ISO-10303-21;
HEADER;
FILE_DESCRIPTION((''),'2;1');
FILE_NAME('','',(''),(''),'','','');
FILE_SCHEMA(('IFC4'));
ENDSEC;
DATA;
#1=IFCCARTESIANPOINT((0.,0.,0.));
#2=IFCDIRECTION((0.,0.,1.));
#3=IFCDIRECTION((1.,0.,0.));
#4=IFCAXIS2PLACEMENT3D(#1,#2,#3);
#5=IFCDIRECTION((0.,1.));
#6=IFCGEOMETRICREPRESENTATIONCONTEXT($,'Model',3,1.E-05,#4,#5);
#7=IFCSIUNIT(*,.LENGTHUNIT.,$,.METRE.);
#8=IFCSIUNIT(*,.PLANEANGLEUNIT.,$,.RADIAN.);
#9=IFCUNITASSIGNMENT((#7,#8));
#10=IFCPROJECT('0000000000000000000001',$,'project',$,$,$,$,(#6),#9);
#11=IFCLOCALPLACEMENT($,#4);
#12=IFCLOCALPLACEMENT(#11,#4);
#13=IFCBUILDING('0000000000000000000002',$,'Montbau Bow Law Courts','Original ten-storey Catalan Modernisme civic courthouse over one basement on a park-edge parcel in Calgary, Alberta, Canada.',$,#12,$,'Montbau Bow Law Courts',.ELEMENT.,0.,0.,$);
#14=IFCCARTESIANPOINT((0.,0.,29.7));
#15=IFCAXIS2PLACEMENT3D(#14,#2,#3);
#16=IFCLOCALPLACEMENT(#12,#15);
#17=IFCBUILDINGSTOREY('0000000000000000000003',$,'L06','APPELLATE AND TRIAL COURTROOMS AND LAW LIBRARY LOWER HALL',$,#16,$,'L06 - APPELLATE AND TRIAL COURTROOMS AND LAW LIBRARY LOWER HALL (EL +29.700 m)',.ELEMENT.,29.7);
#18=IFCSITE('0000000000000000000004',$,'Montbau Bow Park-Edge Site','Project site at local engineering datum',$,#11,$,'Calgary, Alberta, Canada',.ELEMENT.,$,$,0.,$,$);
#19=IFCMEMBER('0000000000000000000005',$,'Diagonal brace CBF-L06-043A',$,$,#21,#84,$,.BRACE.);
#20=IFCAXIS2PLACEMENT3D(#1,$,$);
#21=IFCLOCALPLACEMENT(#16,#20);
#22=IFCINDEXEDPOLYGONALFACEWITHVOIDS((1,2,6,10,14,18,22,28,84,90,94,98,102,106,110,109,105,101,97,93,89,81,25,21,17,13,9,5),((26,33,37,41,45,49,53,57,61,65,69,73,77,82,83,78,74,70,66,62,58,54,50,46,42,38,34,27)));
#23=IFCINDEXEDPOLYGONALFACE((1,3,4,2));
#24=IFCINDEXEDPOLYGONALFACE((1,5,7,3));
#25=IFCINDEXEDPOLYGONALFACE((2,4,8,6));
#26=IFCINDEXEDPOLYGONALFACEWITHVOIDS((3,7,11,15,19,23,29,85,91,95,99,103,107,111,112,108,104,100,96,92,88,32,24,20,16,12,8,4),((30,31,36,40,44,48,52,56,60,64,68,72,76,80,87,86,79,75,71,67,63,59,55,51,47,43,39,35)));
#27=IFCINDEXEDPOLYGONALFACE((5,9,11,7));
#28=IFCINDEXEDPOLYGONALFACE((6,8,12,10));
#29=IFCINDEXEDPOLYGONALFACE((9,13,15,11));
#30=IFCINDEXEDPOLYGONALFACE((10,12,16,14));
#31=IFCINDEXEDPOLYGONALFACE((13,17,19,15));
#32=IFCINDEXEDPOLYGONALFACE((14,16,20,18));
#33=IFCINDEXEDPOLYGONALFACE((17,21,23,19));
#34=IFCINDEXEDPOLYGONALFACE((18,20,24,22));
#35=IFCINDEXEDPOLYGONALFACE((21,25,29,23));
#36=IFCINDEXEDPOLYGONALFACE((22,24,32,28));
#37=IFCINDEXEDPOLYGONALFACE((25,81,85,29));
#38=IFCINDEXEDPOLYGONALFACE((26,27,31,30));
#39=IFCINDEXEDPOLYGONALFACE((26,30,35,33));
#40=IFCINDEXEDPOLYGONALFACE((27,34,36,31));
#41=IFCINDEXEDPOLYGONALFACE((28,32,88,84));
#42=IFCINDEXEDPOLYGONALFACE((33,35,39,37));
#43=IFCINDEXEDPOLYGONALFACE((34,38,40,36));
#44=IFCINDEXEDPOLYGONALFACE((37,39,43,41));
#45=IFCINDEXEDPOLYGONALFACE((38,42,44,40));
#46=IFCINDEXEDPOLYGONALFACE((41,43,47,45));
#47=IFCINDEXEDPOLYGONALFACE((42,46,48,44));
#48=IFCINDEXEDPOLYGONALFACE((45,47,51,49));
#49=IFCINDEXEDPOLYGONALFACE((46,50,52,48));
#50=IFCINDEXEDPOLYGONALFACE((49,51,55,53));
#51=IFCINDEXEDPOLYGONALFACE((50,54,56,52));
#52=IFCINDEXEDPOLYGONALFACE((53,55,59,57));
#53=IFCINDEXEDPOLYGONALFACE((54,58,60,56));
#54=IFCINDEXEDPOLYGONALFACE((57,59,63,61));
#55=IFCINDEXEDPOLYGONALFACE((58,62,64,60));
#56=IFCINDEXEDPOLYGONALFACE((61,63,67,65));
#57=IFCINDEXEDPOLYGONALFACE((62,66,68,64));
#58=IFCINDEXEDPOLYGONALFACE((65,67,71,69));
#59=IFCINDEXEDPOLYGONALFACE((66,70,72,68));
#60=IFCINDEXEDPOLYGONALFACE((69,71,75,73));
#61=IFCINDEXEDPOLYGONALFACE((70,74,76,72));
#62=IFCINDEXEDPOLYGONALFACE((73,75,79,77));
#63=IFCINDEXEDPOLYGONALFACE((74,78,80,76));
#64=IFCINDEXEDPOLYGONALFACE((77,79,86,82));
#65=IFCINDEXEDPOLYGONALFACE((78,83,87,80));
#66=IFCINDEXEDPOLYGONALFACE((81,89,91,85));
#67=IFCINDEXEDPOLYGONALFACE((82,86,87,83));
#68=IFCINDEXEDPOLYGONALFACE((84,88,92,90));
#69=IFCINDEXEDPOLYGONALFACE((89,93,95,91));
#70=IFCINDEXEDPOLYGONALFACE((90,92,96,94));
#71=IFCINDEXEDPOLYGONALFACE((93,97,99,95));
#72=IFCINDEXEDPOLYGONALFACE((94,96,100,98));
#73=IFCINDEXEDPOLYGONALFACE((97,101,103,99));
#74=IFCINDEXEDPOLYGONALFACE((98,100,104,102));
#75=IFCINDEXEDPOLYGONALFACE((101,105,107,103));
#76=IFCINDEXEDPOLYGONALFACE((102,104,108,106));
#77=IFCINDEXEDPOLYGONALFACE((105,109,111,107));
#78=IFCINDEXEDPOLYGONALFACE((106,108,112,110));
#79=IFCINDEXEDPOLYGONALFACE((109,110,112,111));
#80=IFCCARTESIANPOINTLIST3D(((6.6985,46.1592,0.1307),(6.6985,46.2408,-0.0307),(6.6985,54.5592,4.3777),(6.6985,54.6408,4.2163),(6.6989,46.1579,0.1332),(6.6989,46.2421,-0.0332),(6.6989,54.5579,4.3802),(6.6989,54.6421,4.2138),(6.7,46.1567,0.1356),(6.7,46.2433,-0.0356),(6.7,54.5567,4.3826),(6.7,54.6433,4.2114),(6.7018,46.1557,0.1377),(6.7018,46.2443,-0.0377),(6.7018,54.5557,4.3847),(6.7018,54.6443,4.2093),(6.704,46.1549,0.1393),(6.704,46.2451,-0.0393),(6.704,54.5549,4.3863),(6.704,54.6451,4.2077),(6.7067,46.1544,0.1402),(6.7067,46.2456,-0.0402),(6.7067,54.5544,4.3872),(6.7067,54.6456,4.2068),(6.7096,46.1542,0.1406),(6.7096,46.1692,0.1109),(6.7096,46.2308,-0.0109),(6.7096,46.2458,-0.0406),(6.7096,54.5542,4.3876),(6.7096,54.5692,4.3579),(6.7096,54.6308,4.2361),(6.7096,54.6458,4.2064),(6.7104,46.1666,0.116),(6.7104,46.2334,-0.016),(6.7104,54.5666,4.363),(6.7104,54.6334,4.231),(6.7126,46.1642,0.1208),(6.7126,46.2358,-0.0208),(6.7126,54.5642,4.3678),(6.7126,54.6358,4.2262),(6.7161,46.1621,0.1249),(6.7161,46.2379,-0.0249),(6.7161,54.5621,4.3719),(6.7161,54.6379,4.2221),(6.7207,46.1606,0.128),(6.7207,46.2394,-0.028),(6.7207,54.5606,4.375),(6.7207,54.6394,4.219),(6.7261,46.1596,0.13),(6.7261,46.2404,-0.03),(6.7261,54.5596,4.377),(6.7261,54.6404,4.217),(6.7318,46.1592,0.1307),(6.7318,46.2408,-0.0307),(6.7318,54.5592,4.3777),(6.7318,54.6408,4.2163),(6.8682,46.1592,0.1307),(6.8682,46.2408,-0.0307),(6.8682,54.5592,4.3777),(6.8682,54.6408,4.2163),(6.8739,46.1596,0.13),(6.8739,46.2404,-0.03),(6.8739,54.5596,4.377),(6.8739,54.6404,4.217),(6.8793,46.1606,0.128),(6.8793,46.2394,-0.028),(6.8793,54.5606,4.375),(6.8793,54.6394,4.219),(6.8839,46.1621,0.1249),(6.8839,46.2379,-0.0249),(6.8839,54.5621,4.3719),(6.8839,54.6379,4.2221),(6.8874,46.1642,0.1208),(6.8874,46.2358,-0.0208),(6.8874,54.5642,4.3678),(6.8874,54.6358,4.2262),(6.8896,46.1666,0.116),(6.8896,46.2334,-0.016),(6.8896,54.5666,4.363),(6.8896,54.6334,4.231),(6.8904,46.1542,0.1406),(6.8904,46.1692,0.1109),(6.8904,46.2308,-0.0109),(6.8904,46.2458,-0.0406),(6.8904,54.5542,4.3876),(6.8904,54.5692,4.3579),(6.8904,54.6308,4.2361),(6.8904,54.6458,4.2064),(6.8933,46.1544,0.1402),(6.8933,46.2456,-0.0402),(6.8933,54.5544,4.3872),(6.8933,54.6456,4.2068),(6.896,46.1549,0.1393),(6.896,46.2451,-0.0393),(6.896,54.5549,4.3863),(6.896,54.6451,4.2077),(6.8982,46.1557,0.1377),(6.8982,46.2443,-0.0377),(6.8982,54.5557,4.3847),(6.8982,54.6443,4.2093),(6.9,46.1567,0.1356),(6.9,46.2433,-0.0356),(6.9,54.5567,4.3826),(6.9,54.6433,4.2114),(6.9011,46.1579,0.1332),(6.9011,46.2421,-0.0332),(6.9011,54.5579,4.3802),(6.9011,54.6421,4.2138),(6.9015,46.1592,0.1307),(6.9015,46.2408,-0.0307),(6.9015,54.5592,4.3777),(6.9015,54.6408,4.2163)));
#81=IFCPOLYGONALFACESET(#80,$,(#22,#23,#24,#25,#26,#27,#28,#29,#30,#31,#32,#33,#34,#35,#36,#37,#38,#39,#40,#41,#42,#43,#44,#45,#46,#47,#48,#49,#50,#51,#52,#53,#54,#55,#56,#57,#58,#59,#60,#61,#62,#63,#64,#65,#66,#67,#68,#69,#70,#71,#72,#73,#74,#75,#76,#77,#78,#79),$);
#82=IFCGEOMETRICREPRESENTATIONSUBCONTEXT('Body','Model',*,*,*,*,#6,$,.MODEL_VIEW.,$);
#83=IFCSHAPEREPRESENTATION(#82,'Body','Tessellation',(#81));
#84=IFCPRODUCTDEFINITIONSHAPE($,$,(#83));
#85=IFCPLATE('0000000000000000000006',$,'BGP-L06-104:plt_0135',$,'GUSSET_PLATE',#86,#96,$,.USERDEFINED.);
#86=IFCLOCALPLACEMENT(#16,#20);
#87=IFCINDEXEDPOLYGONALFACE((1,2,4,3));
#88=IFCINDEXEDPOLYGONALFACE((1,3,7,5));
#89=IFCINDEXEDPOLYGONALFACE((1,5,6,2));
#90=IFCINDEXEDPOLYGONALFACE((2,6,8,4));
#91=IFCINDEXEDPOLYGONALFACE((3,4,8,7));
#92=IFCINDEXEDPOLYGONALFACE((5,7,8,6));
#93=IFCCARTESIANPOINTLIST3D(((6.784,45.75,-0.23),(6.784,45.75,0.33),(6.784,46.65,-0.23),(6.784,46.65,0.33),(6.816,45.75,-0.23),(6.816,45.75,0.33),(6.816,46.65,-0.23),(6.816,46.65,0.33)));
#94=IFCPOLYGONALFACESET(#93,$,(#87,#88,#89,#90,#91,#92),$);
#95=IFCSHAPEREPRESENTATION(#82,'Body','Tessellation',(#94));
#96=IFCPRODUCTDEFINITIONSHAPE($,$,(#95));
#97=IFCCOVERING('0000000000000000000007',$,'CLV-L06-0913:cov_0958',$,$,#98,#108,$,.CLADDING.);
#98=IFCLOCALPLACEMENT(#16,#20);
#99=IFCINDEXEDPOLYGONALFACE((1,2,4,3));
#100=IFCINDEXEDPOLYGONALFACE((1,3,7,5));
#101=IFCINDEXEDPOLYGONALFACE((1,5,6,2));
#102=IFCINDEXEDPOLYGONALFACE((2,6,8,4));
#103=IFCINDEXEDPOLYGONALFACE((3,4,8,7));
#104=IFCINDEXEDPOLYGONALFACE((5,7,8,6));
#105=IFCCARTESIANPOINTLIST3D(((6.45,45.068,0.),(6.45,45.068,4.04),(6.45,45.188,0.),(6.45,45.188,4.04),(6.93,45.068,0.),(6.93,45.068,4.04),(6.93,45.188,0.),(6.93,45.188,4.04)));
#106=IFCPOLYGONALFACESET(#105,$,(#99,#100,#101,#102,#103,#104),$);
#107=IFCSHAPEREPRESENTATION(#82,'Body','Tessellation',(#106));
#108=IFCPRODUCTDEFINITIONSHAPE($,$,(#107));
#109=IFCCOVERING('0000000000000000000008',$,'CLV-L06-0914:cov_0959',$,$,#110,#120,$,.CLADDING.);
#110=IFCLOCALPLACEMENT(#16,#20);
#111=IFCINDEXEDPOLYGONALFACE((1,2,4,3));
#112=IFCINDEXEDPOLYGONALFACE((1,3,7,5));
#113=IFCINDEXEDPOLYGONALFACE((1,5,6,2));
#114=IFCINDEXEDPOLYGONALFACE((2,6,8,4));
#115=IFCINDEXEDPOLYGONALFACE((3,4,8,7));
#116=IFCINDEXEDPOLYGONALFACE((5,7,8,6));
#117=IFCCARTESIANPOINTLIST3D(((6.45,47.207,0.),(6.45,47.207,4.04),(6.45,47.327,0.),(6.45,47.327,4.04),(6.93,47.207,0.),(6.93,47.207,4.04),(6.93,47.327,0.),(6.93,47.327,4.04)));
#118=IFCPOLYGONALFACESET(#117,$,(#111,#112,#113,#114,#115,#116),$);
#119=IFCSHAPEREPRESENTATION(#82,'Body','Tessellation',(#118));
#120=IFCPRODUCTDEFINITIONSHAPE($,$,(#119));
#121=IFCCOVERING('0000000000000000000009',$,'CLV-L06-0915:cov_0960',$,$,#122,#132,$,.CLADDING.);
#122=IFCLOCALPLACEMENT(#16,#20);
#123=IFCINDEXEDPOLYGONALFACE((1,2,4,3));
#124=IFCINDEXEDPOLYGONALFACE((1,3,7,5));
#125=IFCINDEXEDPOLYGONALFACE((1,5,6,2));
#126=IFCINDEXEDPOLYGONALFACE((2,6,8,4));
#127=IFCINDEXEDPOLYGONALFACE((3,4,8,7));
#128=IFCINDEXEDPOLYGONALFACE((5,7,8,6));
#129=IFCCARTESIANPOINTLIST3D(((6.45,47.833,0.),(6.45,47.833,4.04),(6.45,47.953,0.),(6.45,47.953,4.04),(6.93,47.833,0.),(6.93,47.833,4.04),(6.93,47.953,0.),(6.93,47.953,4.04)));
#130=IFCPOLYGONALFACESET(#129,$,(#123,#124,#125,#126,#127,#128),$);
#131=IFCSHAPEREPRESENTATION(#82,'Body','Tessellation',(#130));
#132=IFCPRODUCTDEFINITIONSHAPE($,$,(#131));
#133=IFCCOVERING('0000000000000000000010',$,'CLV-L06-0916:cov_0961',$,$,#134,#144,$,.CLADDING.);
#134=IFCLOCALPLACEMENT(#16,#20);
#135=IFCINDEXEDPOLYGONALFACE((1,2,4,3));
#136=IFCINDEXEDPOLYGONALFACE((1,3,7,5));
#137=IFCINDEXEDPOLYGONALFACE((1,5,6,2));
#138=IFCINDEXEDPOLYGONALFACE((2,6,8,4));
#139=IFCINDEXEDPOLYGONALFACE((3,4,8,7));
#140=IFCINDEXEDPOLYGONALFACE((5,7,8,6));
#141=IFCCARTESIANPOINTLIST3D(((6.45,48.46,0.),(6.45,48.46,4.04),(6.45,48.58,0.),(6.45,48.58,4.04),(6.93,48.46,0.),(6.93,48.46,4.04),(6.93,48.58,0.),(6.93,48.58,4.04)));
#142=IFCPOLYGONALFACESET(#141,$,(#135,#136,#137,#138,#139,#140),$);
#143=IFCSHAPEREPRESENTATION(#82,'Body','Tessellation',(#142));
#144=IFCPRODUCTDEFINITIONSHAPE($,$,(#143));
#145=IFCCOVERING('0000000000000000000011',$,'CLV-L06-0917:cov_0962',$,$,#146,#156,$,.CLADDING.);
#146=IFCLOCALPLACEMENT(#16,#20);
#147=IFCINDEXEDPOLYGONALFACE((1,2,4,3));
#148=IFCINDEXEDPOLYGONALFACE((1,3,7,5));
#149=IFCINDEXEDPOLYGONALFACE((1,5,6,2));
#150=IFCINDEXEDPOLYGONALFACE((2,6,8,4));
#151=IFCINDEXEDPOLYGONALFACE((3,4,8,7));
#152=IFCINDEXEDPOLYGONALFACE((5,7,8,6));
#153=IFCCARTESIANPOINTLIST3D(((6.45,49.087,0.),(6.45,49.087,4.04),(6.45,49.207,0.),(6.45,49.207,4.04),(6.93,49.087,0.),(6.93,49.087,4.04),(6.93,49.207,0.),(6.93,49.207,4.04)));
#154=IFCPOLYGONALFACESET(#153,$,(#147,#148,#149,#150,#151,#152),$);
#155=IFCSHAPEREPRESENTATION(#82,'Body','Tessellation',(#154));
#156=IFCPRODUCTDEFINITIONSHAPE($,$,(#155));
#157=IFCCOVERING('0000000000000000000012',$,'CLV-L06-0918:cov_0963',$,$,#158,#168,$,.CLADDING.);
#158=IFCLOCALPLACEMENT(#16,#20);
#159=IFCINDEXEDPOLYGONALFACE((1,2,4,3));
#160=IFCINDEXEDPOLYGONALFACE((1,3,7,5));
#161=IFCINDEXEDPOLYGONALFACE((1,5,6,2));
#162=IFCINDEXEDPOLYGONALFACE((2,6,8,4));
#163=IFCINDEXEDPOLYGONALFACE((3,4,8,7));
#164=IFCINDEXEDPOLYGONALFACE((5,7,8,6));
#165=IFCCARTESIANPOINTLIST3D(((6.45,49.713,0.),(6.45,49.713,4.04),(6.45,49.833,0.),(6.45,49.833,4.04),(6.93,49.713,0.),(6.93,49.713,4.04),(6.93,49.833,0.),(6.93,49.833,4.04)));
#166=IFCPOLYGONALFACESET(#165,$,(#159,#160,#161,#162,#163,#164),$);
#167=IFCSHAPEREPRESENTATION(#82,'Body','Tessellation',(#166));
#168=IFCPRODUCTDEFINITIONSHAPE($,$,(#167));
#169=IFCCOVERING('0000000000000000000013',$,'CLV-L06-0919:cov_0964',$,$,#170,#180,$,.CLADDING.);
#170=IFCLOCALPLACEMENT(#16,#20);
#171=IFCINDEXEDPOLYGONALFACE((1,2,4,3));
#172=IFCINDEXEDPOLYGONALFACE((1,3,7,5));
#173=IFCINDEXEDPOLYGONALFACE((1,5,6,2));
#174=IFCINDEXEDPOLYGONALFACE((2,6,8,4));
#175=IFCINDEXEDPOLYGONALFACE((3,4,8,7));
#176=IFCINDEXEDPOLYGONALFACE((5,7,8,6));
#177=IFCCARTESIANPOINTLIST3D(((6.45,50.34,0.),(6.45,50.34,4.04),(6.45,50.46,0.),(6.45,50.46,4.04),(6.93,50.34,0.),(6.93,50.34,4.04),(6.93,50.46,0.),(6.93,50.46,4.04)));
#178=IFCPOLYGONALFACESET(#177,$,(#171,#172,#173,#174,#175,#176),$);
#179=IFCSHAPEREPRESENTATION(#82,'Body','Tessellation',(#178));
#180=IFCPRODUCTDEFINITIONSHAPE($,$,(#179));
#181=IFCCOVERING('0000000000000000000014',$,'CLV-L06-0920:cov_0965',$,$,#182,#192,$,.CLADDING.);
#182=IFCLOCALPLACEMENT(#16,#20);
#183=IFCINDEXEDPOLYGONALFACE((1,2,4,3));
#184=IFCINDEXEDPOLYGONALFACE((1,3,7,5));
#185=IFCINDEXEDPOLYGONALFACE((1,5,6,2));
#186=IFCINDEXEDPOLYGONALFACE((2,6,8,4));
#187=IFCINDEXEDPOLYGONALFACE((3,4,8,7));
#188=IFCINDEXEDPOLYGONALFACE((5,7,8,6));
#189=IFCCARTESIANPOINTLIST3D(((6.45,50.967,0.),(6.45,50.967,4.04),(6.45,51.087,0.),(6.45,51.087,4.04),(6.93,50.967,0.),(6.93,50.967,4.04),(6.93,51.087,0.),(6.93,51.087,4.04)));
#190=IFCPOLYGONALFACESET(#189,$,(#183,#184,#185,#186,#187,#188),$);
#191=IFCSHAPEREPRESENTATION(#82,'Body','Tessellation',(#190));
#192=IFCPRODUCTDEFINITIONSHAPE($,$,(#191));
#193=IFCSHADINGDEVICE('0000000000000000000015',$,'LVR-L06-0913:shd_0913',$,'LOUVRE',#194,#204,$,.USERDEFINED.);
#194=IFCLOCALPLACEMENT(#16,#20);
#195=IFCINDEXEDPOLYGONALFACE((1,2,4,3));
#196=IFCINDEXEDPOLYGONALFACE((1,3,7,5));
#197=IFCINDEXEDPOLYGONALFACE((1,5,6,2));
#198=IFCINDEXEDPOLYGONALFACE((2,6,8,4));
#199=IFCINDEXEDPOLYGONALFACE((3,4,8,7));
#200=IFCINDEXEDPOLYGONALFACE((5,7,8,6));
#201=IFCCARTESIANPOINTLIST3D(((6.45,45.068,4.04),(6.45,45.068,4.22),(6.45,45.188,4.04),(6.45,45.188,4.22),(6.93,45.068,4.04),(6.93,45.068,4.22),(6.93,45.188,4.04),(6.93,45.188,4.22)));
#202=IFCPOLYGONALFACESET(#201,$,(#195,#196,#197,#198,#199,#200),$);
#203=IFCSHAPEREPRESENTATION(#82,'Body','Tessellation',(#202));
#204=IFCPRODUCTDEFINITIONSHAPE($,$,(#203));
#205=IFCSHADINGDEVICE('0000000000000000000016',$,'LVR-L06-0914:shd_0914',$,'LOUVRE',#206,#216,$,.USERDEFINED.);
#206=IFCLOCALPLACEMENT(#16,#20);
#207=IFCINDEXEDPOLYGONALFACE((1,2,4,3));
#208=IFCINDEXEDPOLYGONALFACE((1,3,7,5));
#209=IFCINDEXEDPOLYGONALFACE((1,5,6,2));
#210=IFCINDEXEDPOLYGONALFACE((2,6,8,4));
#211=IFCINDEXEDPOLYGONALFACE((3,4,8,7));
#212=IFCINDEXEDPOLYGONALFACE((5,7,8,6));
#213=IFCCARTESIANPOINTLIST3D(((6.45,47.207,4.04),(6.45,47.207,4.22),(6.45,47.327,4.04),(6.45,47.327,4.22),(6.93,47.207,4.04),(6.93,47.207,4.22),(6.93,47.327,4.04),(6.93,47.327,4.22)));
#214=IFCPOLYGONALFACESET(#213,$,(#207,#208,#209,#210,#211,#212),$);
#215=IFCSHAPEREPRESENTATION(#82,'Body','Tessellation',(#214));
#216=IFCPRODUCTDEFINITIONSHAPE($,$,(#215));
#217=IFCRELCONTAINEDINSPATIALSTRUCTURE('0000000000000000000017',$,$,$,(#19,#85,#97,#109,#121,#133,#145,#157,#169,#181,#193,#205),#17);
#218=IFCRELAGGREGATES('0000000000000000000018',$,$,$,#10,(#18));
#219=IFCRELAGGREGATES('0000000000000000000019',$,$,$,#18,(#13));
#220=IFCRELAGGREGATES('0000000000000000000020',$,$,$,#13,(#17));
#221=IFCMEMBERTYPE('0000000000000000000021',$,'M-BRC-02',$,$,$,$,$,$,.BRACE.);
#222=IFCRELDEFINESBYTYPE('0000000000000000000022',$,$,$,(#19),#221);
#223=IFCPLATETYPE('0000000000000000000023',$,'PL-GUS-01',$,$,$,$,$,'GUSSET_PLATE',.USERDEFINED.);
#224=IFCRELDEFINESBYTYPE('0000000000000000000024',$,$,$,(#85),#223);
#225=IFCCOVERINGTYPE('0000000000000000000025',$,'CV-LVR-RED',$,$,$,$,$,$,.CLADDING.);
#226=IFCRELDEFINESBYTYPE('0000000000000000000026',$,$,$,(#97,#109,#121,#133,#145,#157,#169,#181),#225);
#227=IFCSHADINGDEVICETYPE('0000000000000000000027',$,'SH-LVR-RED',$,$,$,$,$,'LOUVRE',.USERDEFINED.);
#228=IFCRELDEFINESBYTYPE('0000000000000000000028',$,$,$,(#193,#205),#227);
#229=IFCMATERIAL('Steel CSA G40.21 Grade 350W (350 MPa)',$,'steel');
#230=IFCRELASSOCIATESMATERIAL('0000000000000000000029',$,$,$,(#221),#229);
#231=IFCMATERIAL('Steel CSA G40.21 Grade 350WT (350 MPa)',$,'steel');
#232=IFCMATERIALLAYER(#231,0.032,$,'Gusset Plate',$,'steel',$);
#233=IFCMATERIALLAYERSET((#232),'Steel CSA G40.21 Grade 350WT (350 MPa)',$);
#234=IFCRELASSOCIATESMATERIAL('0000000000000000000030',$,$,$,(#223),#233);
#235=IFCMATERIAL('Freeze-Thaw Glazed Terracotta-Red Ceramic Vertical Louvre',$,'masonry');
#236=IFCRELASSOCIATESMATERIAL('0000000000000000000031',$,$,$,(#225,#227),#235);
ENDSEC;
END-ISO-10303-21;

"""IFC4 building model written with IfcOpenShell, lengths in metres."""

from ifc_helpers import new_model, si_unit, direction, frame, frame_2d, origin_with_axes, origin_2d_with_axis, place, context, subcontext, project, spatial, rectangle, hollow_rectangle, extrude, material, layer, layer_set, material_profile, profile_set, type_object, element, save


model = new_model("IFC4")

# Units and contexts
model_context = context("Model", 3, precision=1e-05, world=origin_with_axes(), true_north=direction((0.0, 1.0)))
body_context = subcontext(model_context, "Body", "Model", "MODEL_VIEW")
ifc_project = project(units=[si_unit("LENGTHUNIT", "METRE"), si_unit("PLANEANGLEUNIT", "RADIAN")], contexts=[model_context])

# Site, building, storey
site_placement = place(None, origin_with_axes())
site = spatial("IfcSite", under=ifc_project, at=site_placement, Name="Montbau Bow Park-Edge Site", Description="Project site at local engineering datum", LongName="Calgary, Alberta, Canada", CompositionType="ELEMENT", RefElevation=0.0)
building_placement = place(site_placement, origin_with_axes())
building = spatial("IfcBuilding", under=site, at=building_placement, Name="Montbau Bow Law Courts", Description="Original ten-storey Catalan Modernisme civic courthouse over one basement on a park-edge parcel in Calgary, Alberta, Canada.", LongName="Montbau Bow Law Courts", CompositionType="ELEMENT", ElevationOfRefHeight=0.0, ElevationOfTerrain=0.0)
storey_placement = place(building_placement, frame((0.0, 0.0, 29.7), z_axis=(0.0, 0.0, 1.0), x_axis=(1.0, 0.0, 0.0)))
storey = spatial("IfcBuildingStorey", under=building, at=storey_placement, Name="L06", Description="APPELLATE AND TRIAL COURTROOMS AND LAW LIBRARY LOWER HALL", LongName="L06 - APPELLATE AND TRIAL COURTROOMS AND LAW LIBRARY LOWER HALL (EL +29.700 m)", CompositionType="ELEMENT", Elevation=29.7)

# Shared definitions
ifc_material_1 = material(Name="Steel CSA G40.21 Grade 350W (350 MPa)", Category="steel")
ifc_material_2 = material(Name="Steel CSA G40.21 Grade 350WT (350 MPa)", Category="steel")

# Member
ifc_material_profile_1 = material_profile(ifc_material_1, hollow_rectangle(XDim=0.203, YDim=0.203, WallThickness=0.0111, InnerFilletRadius=0.0222, OuterFilletRadius=0.0111, at=origin_2d_with_axis()), Name="HSS203X203X11", Category="Main", Priority=0)
ifc_profile_set_1 = profile_set([ifc_material_profile_1], Name="Steel CSA G40.21 Grade 350W (350 MPa)")
member_type = type_object("IfcMemberType", Name="M-BRC-02", PredefinedType="BRACE", material=ifc_profile_set_1)
member_placement = place(None, frame((6.8, 46.2, 29.75), z_axis=(0.0, 0.892421, 0.451204), x_axis=(-1.0, 0.0, 0.0)))
element("IfcMember", 1, at=member_placement, inside=storey, type_object=member_type, Name="Diagonal brace CBF-L06-043A", PredefinedType="BRACE", context=body_context, shape_type="SweptSolid", body=[
    extrude(hollow_rectangle(XDim=0.203, YDim=0.203, WallThickness=0.0111, InnerFilletRadius=0.0222, OuterFilletRadius=0.0111, at=origin_2d_with_axis()), origin_with_axes(), (0.0, 0.0, 1.0), 9.4126),
])

# Plate
ifc_layer = layer(ifc_material_2, 0.032, Name="Gusset Plate", Category="steel")
ifc_layer_set = layer_set([ifc_layer], Name="Steel CSA G40.21 Grade 350WT (350 MPa)")
plate_type = type_object("IfcPlateType", Name="PL-GUS-01", ElementType="GUSSET_PLATE", PredefinedType="USERDEFINED", material=ifc_layer_set)
plate_placement = place(None, frame((6.8, 46.2, 29.47), z_axis=(0.0, 0.0, 1.0), x_axis=(0.0, 1.0, 0.0)))
element("IfcPlate", 2, at=plate_placement, inside=storey, type_object=plate_type, Name="BGP-L06-104:plt_0135", ObjectType="GUSSET_PLATE", PredefinedType="USERDEFINED", context=body_context, shape_type="SweptSolid", body=[
    extrude(rectangle(XDim=0.9, YDim=0.032, at=origin_2d_with_axis()), origin_with_axes(), (0.0, 0.0, 1.0), 0.56),
])

# Coverings
ifc_material_3 = material(Name="Freeze-Thaw Glazed Terracotta-Red Ceramic Vertical Louvre", Category="masonry")
covering_type = type_object("IfcCoveringType", Name="CV-LVR-RED", PredefinedType="CLADDING", material=ifc_material_3)
for number, where, z_axis, x_axis, name in (
    (3, (6.93, 45.128, 29.7), (0.0, 1.0, 0.0), (-1.0, 0.0, 0.0), "CLV-L06-0913:cov_0958"),
    (4, (6.93, 47.267, 29.7), (0.0, 1.0, 0.0), (-1.0, 0.0, 0.0), "CLV-L06-0914:cov_0959"),
    (5, (6.93, 47.893, 29.7), (0.0, 1.0, 0.0), (-1.0, 0.0, 0.0), "CLV-L06-0915:cov_0960"),
    (6, (6.93, 48.52, 29.7), (0.0, 1.0, 0.0), (-1.0, 0.0, 0.0), "CLV-L06-0916:cov_0961"),
    (7, (6.93, 49.147, 29.7), (0.0, 1.0, 0.0), (-1.0, 0.0, 0.0), "CLV-L06-0917:cov_0962"),
    (8, (6.93, 49.773, 29.7), (0.0, 1.0, 0.0), (-1.0, 0.0, 0.0), "CLV-L06-0918:cov_0963"),
    (9, (6.93, 50.4, 29.7), (0.0, 1.0, 0.0), (-1.0, 0.0, 0.0), "CLV-L06-0919:cov_0964"),
    (10, (6.93, 51.027, 29.7), (0.0, 1.0, 0.0), (-1.0, 0.0, 0.0), "CLV-L06-0920:cov_0965"),
):
    element("IfcCovering", number, at=place(None, frame(where, z_axis=z_axis, x_axis=x_axis)), inside=storey, type_object=covering_type, Name=name, PredefinedType="CLADDING", context=body_context, shape_type="SweptSolid", body=[
        extrude(rectangle(XDim=0.48, YDim=4.04, at=frame_2d((0.24, 2.02), x_axis=(1.0, 0.0))), frame((0.0, 0.0, -0.06), z_axis=(0.0, 0.0, 1.0), x_axis=(1.0, 0.0, 0.0)), (0.0, 0.0, 1.0), 0.12),
    ])

# Shading devices
shading_device_type = type_object("IfcShadingDeviceType", Name="SH-LVR-RED", ElementType="LOUVRE", PredefinedType="USERDEFINED", material=ifc_material_3)
for number, where, z_axis, x_axis, name in (
    (11, (6.69, 45.128, 33.74), (0.0, 0.0, 1.0), (-1.0, 0.0, 0.0), "LVR-L06-0913:shd_0913"),
    (12, (6.69, 47.267, 33.74), (0.0, 0.0, 1.0), (-1.0, 0.0, 0.0), "LVR-L06-0914:shd_0914"),
):
    element("IfcShadingDevice", number, at=place(None, frame(where, z_axis=z_axis, x_axis=x_axis)), inside=storey, type_object=shading_device_type, Name=name, ObjectType="LOUVRE", PredefinedType="USERDEFINED", context=body_context, shape_type="SweptSolid", body=[
        extrude(rectangle(XDim=0.48, YDim=0.12, at=origin_2d_with_axis()), origin_with_axes(), (0.0, 0.0, 1.0), 0.18),
    ])

save(model, "model.ifc")
